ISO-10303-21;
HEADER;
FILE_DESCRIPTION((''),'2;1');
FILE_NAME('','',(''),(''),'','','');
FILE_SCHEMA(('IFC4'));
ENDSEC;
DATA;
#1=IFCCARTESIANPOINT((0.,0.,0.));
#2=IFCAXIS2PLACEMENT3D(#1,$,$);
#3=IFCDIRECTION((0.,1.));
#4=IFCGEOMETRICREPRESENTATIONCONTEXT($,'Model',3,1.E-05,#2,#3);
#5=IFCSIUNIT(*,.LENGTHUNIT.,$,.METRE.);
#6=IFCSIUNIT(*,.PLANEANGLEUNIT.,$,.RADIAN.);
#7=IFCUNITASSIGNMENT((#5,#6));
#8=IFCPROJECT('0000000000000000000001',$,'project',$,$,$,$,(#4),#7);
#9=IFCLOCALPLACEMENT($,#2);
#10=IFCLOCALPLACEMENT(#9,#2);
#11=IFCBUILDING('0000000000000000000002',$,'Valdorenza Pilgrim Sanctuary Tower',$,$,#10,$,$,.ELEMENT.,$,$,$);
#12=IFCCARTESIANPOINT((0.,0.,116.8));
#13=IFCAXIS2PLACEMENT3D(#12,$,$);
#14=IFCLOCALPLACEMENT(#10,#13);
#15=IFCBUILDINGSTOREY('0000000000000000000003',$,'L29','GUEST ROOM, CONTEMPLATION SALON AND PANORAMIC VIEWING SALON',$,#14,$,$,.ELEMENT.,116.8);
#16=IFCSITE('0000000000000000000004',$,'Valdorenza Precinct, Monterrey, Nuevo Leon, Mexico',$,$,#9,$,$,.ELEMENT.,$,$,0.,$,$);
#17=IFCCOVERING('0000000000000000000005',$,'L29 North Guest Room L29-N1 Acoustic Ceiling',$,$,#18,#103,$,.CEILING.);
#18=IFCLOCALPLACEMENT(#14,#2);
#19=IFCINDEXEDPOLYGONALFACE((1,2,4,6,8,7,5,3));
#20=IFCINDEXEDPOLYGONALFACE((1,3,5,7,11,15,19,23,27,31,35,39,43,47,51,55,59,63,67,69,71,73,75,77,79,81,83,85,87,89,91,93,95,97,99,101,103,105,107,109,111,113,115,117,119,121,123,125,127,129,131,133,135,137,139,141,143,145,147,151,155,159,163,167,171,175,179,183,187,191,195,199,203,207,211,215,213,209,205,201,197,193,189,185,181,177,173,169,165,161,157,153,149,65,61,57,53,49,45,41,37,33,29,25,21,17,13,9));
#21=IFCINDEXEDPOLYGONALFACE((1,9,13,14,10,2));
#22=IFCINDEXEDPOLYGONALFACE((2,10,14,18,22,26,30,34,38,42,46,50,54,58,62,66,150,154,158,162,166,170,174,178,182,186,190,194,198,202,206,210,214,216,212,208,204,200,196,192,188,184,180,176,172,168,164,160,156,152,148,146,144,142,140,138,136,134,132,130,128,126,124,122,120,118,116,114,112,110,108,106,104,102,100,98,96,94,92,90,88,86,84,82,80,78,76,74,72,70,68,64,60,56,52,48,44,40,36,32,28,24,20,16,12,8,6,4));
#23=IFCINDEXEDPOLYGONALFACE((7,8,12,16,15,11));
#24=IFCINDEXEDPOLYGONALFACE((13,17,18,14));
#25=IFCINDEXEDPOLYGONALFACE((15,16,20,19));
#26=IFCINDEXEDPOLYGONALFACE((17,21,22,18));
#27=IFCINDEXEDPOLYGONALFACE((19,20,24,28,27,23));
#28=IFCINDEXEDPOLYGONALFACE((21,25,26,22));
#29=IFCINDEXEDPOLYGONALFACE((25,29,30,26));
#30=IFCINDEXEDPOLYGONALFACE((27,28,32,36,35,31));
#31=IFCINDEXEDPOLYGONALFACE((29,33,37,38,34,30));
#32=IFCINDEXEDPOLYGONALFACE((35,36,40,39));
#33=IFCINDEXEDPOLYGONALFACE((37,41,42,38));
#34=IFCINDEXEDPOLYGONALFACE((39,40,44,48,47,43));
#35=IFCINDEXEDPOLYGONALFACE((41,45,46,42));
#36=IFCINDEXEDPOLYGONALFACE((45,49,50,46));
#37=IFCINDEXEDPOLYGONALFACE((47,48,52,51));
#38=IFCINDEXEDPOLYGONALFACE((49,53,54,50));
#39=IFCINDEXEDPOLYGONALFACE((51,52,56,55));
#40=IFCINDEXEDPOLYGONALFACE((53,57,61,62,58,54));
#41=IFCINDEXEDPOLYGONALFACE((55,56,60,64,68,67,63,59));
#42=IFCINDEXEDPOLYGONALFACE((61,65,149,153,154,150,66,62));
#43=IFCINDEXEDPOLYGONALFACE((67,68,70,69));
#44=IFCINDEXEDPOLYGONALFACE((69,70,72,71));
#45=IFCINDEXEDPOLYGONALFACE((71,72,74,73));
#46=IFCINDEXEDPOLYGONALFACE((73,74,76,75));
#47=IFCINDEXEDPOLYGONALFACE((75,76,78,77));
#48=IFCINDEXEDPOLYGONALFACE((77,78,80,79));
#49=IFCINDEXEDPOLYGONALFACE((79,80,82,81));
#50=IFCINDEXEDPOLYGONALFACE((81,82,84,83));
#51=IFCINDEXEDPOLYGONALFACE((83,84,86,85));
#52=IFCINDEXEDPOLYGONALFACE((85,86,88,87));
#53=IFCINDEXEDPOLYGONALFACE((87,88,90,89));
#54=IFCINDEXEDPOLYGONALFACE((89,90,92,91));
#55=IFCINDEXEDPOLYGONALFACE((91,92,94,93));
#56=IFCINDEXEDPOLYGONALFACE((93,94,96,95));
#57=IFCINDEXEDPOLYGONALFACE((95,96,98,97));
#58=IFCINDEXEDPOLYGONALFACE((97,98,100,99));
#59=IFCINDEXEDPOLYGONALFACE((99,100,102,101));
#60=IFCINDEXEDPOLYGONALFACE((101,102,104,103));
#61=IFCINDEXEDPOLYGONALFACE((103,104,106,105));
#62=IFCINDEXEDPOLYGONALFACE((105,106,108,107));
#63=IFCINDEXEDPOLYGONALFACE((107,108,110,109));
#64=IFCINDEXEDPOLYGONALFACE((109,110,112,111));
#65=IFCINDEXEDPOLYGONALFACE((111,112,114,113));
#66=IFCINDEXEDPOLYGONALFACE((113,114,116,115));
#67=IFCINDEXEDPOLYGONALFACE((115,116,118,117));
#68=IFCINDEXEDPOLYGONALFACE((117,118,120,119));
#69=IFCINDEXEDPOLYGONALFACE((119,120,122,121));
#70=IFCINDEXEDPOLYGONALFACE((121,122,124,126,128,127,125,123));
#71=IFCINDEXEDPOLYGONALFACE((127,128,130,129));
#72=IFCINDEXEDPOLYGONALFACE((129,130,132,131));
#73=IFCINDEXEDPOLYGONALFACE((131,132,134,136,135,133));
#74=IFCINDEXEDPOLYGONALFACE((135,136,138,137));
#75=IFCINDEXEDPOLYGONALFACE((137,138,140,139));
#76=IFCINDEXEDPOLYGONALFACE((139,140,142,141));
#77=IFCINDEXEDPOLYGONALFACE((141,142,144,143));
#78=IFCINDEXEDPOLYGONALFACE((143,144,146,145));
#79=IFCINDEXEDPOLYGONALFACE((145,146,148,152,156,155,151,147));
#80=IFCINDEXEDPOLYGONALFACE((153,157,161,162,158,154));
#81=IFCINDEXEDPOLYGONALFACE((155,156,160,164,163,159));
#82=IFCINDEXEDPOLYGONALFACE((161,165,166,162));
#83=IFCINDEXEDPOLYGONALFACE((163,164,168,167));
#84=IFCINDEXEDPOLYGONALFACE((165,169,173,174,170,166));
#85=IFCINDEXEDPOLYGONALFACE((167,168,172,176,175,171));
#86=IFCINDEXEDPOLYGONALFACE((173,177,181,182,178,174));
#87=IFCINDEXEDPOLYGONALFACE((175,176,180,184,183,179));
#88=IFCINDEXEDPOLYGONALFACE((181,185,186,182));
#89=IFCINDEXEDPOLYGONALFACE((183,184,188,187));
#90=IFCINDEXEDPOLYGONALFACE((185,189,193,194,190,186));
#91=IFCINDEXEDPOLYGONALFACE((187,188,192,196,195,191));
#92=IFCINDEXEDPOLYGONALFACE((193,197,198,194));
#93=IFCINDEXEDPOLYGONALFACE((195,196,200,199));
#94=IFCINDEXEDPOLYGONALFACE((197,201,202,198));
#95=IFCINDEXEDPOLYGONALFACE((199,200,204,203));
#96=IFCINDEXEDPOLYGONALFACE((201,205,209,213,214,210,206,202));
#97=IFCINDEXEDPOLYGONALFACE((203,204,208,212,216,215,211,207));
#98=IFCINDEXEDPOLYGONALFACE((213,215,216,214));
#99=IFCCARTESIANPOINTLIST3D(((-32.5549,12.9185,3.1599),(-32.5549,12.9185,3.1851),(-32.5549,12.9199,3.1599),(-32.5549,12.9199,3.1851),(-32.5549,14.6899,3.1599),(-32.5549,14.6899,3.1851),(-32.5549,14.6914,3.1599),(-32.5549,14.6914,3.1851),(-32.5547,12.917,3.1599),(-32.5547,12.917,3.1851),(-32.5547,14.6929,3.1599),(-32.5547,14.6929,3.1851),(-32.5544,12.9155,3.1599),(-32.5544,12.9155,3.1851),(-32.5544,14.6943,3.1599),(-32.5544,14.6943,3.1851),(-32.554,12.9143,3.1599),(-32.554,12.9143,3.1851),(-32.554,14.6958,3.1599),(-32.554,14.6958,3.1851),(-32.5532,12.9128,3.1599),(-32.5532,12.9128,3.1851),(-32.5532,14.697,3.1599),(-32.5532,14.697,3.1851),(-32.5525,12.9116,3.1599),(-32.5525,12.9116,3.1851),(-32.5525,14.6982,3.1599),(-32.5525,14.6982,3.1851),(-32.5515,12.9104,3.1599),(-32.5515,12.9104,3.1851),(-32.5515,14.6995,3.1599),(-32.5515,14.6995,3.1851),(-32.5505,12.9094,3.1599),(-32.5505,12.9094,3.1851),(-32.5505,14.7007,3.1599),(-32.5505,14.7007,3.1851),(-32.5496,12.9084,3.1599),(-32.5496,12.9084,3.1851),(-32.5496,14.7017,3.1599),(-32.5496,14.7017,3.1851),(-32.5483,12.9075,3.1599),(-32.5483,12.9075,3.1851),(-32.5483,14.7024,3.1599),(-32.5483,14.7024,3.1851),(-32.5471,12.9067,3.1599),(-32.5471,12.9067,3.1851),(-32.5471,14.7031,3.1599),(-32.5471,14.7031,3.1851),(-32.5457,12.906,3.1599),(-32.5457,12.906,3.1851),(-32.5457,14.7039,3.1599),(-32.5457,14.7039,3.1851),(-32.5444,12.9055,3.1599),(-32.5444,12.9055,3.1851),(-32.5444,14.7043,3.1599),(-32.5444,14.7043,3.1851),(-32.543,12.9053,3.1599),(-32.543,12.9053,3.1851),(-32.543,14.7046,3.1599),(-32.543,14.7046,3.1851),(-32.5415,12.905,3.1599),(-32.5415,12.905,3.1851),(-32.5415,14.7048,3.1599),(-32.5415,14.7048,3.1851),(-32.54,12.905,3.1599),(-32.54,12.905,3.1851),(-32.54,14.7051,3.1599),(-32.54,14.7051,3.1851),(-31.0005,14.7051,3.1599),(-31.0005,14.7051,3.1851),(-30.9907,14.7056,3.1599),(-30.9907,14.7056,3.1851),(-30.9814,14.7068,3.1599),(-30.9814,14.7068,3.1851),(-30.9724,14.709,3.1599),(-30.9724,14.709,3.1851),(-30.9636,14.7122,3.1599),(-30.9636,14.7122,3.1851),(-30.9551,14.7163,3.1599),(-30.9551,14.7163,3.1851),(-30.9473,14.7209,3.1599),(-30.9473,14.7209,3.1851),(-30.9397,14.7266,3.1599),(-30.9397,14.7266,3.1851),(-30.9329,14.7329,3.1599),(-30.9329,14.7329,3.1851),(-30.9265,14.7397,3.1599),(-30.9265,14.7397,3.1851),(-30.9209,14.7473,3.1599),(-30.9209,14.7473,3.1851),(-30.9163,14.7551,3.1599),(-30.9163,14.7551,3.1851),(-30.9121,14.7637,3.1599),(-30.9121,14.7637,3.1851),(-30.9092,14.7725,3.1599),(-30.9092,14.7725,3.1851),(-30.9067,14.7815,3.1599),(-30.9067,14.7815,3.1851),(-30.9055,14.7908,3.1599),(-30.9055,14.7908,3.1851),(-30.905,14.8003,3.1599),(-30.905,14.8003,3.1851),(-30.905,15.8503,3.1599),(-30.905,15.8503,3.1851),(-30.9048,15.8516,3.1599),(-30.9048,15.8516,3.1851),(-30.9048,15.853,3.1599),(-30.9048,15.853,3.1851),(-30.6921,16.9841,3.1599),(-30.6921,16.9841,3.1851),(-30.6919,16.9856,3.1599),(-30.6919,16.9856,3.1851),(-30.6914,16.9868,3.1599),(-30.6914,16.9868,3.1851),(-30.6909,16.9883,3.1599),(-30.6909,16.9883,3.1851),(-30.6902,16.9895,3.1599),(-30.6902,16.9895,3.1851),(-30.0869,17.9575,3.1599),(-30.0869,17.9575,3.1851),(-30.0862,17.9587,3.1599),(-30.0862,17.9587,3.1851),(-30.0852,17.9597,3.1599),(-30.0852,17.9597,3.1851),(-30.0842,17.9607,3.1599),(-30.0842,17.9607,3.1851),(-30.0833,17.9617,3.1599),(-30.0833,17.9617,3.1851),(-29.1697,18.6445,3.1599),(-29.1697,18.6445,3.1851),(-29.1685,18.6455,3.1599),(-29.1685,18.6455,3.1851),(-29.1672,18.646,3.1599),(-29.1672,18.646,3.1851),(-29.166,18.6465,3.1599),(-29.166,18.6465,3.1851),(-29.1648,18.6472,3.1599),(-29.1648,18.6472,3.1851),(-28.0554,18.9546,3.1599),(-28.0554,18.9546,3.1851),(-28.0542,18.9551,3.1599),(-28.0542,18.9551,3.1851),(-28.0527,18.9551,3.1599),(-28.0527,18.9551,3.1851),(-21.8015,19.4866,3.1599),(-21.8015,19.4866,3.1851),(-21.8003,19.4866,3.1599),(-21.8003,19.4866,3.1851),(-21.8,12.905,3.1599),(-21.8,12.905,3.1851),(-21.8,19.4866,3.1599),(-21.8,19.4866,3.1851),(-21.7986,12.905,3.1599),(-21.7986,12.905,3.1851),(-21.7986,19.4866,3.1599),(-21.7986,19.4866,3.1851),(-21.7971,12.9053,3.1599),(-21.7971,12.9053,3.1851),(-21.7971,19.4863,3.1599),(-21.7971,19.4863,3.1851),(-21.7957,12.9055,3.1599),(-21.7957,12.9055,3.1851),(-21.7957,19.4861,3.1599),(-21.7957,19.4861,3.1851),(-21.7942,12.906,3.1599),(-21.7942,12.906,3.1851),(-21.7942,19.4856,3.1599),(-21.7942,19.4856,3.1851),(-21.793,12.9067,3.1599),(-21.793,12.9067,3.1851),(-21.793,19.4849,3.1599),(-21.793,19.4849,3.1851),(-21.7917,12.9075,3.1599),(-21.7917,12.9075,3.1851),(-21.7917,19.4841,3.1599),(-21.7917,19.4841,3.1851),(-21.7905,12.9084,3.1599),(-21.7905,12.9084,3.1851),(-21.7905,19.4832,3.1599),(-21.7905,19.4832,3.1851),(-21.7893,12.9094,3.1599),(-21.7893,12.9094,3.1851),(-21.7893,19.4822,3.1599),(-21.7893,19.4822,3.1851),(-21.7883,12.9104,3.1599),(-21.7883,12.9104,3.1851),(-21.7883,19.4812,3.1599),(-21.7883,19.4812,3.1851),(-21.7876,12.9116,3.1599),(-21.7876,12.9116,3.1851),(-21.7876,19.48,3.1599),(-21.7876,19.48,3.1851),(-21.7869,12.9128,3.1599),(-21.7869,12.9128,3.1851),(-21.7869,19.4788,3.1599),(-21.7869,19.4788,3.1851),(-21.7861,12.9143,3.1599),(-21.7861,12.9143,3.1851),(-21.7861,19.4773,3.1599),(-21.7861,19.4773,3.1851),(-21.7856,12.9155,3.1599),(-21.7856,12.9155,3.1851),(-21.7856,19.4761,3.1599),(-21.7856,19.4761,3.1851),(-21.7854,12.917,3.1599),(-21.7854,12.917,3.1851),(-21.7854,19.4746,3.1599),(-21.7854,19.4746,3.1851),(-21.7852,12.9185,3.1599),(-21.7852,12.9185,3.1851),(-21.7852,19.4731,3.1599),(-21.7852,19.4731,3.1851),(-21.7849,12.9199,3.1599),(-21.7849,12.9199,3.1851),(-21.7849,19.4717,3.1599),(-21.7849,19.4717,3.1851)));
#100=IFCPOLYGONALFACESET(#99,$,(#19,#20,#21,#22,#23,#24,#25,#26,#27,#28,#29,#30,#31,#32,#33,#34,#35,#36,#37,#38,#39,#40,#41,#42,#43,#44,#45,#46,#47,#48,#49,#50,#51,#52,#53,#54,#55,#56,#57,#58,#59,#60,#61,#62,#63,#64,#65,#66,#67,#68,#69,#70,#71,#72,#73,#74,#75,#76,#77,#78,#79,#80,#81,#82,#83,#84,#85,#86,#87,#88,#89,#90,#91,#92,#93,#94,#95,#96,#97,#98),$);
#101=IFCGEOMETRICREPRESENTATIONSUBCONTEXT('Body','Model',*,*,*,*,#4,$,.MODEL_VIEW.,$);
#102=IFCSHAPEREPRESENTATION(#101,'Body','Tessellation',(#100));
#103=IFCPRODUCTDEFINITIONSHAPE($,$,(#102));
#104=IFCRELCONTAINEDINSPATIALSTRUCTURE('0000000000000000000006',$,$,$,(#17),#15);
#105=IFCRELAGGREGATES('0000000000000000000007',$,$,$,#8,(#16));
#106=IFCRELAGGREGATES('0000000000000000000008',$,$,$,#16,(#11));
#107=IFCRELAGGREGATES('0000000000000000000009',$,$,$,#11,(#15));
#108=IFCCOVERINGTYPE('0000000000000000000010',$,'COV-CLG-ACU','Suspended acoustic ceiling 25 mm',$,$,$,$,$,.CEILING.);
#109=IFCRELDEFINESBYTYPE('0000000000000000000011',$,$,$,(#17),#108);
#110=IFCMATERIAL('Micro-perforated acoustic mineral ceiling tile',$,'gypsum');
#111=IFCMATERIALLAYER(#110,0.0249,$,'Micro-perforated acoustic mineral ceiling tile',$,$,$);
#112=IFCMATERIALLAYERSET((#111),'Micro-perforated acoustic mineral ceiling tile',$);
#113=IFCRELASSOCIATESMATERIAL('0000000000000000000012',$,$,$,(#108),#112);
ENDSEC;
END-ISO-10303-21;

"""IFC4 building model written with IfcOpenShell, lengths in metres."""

from ifc_helpers import new_model, si_unit, direction, frame, origin, place, context, subcontext, project, spatial, polyline, outline, extrude, material, layer, layer_set, type_object, element, save


model = new_model("IFC4")

# Units and contexts
model_context = context("Model", 3, precision=1e-05, world=origin(), true_north=direction((0.0, 1.0)))
body_context = subcontext(model_context, "Body", "Model", "MODEL_VIEW")
ifc_project = project(units=[si_unit("LENGTHUNIT", "METRE"), si_unit("PLANEANGLEUNIT", "RADIAN")], contexts=[model_context])

# Site, building, storey
site_placement = place(None, origin())
site = spatial("IfcSite", under=ifc_project, at=site_placement, Name="Valdorenza Precinct, Monterrey, Nuevo Leon, Mexico", CompositionType="ELEMENT", RefElevation=0.0)
building_placement = place(site_placement, origin())
building = spatial("IfcBuilding", under=site, at=building_placement, Name="Valdorenza Pilgrim Sanctuary Tower", CompositionType="ELEMENT")
storey_placement = place(building_placement, frame((0.0, 0.0, 116.8)))
storey = spatial("IfcBuildingStorey", under=building, at=storey_placement, Name="L29", Description="GUEST ROOM, CONTEMPLATION SALON AND PANORAMIC VIEWING SALON", CompositionType="ELEMENT", Elevation=116.8)

# Covering
ifc_material_1 = material(Name="Micro-perforated acoustic mineral ceiling tile", Category="gypsum")
ifc_layer_1 = layer(ifc_material_1, 0.0249, Name="Micro-perforated acoustic mineral ceiling tile")
ifc_layer_set_1 = layer_set([ifc_layer_1], Name="Micro-perforated acoustic mineral ceiling tile")
covering_type_1 = type_object("IfcCoveringType", Name="COV-CLG-ACU", Description="Suspended acoustic ceiling 25 mm", PredefinedType="CEILING", material=ifc_layer_set_1)
covering_1_placement = place(storey_placement, frame((0.0, 0.0, 3.1599)))
element("IfcCovering", 1, at=covering_1_placement, inside=storey, type_object=covering_type_1, Name="L29 North Guest Room L29-N1 Acoustic Ceiling", PredefinedType="CEILING", context=body_context, shape_type="SweptSolid", body=[
    extrude(outline(polyline([(-31.0005, 14.7051), (-30.9907, 14.7056), (-30.9814, 14.7068), (-30.9724, 14.709), (-30.9636, 14.7122), (-30.9551, 14.7163), (-30.9473, 14.7209), (-30.9397, 14.7266), (-30.9329, 14.7329), (-30.9265, 14.7397), (-30.9209, 14.7473), (-30.9163, 14.7551), (-30.9121, 14.7637), (-30.9092, 14.7725), (-30.9067, 14.7815), (-30.9055, 14.7908), (-30.905, 14.8003), (-30.905, 15.8503), (-30.9048, 15.8516), (-30.9048, 15.853), (-30.6921, 16.9841), (-30.6919, 16.9856), (-30.6914, 16.9868), (-30.6909, 16.9883), (-30.6902, 16.9895), (-30.0869, 17.9575), (-30.0862, 17.9587), (-30.0852, 17.9597), (-30.0842, 17.9607), (-30.0833, 17.9617), (-29.1697, 18.6445), (-29.1685, 18.6455), (-29.1672, 18.646), (-29.166, 18.6465), (-29.1648, 18.6472), (-28.0554, 18.9546), (-28.0542, 18.9551), (-28.0527, 18.9551), (-21.8015, 19.4866), (-21.8003, 19.4866), (-21.8, 19.4866), (-21.7986, 19.4866), (-21.7971, 19.4863), (-21.7957, 19.4861), (-21.7942, 19.4856), (-21.793, 19.4849), (-21.7917, 19.4841), (-21.7905, 19.4832), (-21.7893, 19.4822), (-21.7883, 19.4812), (-21.7876, 19.48), (-21.7869, 19.4788), (-21.7861, 19.4773), (-21.7856, 19.4761), (-21.7854, 19.4746), (-21.7852, 19.4731), (-21.7849, 19.4717), (-21.7849, 12.9199), (-21.7852, 12.9185), (-21.7854, 12.917), (-21.7856, 12.9155), (-21.7861, 12.9143), (-21.7869, 12.9128), (-21.7876, 12.9116), (-21.7883, 12.9104), (-21.7893, 12.9094), (-21.7905, 12.9084), (-21.7917, 12.9075), (-21.793, 12.9067), (-21.7942, 12.906), (-21.7957, 12.9055), (-21.7971, 12.9053), (-21.7986, 12.905), (-21.8, 12.905), (-32.54, 12.905), (-32.5415, 12.905), (-32.543, 12.9053), (-32.5444, 12.9055), (-32.5457, 12.906), (-32.5471, 12.9067), (-32.5483, 12.9075), (-32.5496, 12.9084), (-32.5505, 12.9094), (-32.5515, 12.9104), (-32.5525, 12.9116), (-32.5532, 12.9128), (-32.554, 12.9143), (-32.5544, 12.9155), (-32.5547, 12.917), (-32.5549, 12.9185), (-32.5549, 12.9199), (-32.5549, 14.6899), (-32.5549, 14.6914), (-32.5547, 14.6929), (-32.5544, 14.6943), (-32.554, 14.6958), (-32.5532, 14.697), (-32.5525, 14.6982), (-32.5515, 14.6995), (-32.5505, 14.7007), (-32.5496, 14.7017), (-32.5483, 14.7024), (-32.5471, 14.7031), (-32.5457, 14.7039), (-32.5444, 14.7043), (-32.543, 14.7046), (-32.5415, 14.7048), (-32.54, 14.7051), (-31.0005, 14.7051)])), origin(), (0.0, 0.0, 1.0), 0.0251),
])

save(model, "model.ifc")
